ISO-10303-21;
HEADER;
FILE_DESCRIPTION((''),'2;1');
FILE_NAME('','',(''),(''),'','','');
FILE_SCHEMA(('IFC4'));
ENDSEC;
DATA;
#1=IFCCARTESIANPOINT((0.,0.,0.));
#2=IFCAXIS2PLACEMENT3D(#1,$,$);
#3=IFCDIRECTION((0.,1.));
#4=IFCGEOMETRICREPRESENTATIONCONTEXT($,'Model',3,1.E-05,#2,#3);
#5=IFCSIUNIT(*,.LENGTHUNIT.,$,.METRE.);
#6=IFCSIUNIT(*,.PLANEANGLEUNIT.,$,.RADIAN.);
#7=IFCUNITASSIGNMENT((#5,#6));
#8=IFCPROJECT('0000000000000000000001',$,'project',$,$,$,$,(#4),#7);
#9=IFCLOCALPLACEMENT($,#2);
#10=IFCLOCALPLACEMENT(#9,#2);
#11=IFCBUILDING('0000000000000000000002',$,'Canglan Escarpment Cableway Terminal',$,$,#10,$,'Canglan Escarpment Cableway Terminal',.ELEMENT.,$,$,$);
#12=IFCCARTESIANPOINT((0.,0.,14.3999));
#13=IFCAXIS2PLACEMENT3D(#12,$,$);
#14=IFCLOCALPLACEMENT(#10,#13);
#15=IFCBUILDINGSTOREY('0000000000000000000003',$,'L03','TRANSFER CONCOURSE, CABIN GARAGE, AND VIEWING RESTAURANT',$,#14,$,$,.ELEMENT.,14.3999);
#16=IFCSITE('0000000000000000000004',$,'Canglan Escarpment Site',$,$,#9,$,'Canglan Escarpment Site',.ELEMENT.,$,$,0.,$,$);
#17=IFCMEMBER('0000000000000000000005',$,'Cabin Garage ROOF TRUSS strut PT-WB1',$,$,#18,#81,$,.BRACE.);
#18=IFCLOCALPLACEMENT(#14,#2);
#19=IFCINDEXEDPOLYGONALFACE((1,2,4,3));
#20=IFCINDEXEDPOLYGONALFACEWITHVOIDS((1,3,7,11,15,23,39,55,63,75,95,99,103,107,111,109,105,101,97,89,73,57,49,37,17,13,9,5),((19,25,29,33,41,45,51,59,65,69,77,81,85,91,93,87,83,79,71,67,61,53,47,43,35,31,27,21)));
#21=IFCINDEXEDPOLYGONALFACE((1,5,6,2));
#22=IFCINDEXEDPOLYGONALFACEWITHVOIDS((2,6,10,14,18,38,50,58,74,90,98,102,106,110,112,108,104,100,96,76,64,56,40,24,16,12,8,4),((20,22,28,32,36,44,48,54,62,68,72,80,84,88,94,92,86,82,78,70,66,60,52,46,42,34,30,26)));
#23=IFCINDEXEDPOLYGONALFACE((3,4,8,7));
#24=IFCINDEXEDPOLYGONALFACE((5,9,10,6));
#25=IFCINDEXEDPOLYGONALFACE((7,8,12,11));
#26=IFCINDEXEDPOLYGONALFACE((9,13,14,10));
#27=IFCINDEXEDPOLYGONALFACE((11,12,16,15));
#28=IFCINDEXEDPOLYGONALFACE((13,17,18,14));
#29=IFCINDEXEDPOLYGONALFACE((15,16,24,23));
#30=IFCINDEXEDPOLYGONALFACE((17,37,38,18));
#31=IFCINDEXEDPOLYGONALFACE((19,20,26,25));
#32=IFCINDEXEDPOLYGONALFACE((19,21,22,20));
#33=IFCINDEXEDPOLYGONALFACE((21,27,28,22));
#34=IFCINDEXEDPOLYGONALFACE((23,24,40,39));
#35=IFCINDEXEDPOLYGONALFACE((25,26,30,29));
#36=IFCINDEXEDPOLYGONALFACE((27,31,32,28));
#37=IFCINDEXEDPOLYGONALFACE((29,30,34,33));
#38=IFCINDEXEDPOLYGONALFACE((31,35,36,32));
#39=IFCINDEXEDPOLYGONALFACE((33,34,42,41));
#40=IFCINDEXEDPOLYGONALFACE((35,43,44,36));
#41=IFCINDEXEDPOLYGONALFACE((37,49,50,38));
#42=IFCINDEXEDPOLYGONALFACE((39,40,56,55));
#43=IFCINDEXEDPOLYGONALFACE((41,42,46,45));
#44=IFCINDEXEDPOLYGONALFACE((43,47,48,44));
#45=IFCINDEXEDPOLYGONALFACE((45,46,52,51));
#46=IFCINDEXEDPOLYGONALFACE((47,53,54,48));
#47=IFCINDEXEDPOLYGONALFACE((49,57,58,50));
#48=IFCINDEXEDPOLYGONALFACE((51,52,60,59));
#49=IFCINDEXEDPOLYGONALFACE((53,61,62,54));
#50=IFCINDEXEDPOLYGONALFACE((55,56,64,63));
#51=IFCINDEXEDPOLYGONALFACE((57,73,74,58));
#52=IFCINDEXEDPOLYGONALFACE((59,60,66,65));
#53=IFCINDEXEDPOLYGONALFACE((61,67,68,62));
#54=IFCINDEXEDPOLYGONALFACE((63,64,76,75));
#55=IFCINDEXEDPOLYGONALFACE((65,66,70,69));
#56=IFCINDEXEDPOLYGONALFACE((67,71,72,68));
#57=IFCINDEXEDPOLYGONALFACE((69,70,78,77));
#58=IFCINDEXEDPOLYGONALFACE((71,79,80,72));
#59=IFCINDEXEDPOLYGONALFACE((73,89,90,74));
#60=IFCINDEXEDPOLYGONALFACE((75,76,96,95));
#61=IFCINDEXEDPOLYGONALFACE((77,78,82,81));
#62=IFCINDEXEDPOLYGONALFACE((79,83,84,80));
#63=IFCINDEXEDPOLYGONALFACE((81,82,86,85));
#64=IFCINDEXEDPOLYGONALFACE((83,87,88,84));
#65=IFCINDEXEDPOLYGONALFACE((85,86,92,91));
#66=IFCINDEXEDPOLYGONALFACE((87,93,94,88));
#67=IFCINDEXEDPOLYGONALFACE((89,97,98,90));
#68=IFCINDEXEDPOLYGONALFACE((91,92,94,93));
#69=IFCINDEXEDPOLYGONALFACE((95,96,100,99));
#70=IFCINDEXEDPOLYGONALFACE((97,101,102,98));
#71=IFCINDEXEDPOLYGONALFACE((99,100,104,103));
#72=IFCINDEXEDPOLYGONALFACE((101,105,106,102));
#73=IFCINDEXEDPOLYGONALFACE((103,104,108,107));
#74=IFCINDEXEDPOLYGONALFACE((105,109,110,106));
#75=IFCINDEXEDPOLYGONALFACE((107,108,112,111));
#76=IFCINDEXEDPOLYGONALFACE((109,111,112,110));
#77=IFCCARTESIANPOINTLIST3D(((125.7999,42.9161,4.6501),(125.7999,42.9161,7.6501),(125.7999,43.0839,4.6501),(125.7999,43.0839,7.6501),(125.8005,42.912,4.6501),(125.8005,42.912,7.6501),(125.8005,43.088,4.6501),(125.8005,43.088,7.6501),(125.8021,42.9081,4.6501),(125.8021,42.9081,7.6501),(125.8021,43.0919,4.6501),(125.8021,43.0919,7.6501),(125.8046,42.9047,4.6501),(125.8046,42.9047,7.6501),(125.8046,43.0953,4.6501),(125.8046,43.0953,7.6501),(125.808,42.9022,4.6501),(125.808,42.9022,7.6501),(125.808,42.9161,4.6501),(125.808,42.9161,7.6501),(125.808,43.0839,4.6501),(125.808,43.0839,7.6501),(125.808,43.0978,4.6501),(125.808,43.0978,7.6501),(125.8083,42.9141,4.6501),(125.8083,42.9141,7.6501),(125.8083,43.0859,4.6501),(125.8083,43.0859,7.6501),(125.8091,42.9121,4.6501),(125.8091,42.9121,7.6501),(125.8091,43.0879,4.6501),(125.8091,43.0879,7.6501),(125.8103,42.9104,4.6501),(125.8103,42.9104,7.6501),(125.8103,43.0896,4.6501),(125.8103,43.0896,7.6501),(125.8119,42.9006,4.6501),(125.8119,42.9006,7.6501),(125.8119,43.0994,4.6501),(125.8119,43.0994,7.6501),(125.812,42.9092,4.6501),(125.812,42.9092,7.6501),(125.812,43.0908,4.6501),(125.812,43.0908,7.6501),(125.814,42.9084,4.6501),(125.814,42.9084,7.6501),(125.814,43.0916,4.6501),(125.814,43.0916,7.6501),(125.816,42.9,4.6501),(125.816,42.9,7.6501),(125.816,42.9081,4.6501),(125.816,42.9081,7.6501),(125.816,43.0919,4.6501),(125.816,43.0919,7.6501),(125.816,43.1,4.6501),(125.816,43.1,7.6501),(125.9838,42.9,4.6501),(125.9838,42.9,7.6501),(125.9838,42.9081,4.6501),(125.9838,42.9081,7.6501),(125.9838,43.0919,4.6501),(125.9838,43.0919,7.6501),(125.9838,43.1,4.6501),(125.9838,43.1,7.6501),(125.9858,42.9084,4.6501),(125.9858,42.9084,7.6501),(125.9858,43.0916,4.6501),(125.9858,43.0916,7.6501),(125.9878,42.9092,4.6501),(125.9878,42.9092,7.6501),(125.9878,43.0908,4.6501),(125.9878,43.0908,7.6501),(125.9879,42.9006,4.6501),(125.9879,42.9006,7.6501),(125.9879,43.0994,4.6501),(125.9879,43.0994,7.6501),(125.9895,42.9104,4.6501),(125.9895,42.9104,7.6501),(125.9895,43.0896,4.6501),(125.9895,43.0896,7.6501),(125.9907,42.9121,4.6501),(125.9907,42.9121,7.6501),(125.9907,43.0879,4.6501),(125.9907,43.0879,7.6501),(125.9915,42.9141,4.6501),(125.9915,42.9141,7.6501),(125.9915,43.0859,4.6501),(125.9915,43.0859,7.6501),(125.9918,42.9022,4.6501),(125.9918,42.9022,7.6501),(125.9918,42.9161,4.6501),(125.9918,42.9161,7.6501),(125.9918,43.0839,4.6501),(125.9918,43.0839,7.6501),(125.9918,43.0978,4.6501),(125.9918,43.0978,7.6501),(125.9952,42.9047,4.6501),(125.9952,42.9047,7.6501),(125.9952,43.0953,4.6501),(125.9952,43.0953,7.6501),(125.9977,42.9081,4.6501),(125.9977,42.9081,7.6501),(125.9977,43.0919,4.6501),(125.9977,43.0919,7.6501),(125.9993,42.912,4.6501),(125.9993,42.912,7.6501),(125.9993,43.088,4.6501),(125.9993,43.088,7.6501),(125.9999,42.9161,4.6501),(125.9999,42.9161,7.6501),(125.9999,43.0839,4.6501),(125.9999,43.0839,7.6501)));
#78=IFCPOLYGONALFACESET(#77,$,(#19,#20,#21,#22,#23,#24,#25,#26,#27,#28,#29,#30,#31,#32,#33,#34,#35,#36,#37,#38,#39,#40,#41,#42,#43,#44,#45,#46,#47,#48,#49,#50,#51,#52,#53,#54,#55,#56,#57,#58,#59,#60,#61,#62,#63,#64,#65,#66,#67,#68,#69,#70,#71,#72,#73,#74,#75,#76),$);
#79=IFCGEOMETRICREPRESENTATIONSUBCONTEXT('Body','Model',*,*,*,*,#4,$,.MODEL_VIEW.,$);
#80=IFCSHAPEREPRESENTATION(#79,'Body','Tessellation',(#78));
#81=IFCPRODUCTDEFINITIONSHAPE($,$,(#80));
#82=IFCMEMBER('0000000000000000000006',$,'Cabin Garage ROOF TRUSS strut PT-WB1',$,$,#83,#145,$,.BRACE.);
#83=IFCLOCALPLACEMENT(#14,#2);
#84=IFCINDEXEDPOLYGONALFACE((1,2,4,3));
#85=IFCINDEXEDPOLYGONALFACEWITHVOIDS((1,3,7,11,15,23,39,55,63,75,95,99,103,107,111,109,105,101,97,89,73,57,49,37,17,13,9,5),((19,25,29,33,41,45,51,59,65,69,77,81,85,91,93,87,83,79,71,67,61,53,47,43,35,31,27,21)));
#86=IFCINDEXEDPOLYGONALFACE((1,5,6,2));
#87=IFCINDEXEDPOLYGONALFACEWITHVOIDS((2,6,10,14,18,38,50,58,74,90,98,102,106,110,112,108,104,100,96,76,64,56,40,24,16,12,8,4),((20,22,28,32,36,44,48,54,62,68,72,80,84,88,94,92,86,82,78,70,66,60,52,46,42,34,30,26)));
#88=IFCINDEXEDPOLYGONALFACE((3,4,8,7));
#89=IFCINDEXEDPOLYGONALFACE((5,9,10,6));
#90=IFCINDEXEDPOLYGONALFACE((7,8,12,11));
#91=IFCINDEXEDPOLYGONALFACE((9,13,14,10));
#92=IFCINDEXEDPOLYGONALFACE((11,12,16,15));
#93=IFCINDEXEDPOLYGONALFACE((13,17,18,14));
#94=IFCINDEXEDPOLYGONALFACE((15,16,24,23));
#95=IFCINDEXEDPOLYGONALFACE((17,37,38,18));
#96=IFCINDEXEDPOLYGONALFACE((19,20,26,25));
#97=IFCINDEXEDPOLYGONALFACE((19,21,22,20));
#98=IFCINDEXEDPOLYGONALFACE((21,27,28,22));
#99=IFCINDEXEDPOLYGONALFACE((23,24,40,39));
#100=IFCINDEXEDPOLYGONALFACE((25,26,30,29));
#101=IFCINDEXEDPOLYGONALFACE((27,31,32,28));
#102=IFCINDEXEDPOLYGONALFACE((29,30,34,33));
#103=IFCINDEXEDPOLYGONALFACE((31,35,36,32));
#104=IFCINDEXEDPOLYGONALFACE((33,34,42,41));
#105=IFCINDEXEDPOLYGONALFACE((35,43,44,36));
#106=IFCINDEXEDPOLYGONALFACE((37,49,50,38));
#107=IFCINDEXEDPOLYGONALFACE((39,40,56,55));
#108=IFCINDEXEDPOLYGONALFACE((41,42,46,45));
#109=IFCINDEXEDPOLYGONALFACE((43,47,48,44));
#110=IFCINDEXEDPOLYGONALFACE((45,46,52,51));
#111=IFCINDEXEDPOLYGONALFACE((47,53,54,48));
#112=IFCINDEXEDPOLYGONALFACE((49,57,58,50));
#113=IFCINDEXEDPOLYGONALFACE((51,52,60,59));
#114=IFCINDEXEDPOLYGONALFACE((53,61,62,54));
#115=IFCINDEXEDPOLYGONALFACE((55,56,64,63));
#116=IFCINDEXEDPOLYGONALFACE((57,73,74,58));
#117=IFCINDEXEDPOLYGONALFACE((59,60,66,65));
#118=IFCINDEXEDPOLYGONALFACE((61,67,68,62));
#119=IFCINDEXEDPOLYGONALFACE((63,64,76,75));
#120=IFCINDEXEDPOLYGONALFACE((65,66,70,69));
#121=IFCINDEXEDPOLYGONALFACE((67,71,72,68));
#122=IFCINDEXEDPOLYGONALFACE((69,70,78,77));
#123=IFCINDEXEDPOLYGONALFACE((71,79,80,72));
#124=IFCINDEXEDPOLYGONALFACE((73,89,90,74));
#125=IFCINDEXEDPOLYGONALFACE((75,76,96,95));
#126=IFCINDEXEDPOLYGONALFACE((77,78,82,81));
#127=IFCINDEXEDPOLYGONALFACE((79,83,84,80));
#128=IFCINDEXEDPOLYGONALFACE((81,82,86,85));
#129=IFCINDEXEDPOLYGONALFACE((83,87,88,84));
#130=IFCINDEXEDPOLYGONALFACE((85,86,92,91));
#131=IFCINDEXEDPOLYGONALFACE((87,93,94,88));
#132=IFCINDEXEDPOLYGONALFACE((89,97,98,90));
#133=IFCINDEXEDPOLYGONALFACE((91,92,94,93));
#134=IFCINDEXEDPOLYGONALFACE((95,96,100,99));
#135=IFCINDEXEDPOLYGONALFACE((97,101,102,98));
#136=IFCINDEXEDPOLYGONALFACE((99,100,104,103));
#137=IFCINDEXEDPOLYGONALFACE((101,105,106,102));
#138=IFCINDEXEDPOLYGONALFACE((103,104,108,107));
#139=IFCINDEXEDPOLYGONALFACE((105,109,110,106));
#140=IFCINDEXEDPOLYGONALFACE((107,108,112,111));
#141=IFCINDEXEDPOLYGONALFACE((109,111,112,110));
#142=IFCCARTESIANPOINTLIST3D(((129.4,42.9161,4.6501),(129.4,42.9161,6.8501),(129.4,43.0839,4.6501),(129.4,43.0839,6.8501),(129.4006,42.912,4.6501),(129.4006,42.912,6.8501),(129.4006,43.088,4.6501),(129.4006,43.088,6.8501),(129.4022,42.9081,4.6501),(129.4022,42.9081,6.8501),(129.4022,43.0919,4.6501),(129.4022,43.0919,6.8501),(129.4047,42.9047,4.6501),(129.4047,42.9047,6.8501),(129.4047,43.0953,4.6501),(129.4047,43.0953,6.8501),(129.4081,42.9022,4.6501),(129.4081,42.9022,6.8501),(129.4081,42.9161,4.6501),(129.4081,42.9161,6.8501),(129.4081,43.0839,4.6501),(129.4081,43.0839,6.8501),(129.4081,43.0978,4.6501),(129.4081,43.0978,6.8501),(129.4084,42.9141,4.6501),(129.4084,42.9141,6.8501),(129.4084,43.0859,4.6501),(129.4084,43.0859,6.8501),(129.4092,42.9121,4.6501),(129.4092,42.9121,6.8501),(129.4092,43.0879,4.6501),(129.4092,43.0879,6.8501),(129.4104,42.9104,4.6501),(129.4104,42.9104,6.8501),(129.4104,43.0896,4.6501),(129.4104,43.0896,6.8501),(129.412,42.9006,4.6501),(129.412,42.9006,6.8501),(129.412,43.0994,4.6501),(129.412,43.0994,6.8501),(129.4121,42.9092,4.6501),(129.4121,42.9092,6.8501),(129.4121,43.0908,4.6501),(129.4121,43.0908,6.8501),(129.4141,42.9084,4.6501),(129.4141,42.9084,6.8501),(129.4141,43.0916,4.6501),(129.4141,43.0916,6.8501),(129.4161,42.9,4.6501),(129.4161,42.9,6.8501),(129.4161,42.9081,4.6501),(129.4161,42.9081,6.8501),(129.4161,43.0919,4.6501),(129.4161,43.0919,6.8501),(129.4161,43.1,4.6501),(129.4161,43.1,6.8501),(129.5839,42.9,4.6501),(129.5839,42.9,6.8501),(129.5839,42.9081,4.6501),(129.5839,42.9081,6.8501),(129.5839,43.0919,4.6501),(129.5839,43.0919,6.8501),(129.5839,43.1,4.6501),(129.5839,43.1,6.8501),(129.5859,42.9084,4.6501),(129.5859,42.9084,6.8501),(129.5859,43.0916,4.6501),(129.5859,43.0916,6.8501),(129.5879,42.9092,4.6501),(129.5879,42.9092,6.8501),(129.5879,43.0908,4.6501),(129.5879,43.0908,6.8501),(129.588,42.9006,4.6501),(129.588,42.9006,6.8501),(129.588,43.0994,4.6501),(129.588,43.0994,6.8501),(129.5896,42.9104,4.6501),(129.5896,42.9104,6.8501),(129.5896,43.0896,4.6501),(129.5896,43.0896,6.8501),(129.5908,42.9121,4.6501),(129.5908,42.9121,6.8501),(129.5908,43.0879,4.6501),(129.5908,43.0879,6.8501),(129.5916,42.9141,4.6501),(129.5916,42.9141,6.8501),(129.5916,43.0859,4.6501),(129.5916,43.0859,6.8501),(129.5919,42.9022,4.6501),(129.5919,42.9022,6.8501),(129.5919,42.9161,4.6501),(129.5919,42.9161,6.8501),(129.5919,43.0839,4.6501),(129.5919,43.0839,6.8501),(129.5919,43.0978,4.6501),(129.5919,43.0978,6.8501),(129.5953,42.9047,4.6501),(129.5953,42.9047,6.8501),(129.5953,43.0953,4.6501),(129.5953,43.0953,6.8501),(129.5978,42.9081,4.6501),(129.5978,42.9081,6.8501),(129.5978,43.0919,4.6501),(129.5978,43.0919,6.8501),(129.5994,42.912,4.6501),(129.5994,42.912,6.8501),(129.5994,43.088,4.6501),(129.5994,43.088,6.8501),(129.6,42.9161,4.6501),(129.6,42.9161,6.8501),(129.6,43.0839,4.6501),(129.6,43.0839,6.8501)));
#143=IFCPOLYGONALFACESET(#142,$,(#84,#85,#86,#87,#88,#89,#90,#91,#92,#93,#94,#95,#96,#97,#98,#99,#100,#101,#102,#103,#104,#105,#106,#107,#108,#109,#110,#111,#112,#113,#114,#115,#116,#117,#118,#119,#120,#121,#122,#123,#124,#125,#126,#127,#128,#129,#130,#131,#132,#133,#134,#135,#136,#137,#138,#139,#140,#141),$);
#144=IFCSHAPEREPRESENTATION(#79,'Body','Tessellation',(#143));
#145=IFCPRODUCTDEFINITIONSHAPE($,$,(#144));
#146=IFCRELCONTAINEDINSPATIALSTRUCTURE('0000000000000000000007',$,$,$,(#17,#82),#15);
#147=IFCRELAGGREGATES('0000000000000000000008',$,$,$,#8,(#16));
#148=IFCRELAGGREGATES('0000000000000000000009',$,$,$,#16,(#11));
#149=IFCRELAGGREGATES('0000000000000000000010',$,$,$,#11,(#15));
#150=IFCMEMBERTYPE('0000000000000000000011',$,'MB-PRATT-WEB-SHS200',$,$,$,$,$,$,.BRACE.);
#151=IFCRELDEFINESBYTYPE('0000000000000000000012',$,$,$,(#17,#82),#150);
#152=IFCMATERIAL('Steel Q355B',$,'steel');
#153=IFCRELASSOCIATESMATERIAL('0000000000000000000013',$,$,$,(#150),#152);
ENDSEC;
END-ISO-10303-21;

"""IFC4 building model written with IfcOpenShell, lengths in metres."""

from ifc_helpers import new_model, si_unit, direction, frame, origin, origin_2d, place, context, subcontext, project, spatial, hollow_rectangle, extrude, material, material_profile, profile_set, type_object, element, save


model = new_model("IFC4")

# Units and contexts
model_context = context("Model", 3, precision=1e-05, world=origin(), true_north=direction((0.0, 1.0)))
body_context = subcontext(model_context, "Body", "Model", "MODEL_VIEW")
ifc_project = project(units=[si_unit("LENGTHUNIT", "METRE"), si_unit("PLANEANGLEUNIT", "RADIAN")], contexts=[model_context])

# Site, building, storey
site_placement = place(None, origin())
site = spatial("IfcSite", under=ifc_project, at=site_placement, Name="Canglan Escarpment Site", LongName="Canglan Escarpment Site", CompositionType="ELEMENT", RefElevation=0.0)
building_placement = place(site_placement, origin())
building = spatial("IfcBuilding", under=site, at=building_placement, Name="Canglan Escarpment Cableway Terminal", LongName="Canglan Escarpment Cableway Terminal", CompositionType="ELEMENT")
storey_placement = place(building_placement, frame((0.0, 0.0, 14.3999)))
storey = spatial("IfcBuildingStorey", under=building, at=storey_placement, Name="L03", Description="TRANSFER CONCOURSE, CABIN GARAGE, AND VIEWING RESTAURANT", CompositionType="ELEMENT", Elevation=14.3999)

# Shared definitions
ifc_material_1 = material(Name="Steel Q355B", Category="steel")

# Members
ifc_material_profile_1 = material_profile(ifc_material_1, hollow_rectangle(XDim=0.2, YDim=0.2, WallThickness=0.0081, InnerFilletRadius=0.0081, OuterFilletRadius=0.0161, at=origin_2d()), Name="SHS 200x200x8")
ifc_profile_set_1 = profile_set([ifc_material_profile_1], Name="Steel Q355B")
member_type_1 = type_object("IfcMemberType", Name="MB-PRATT-WEB-SHS200", PredefinedType="BRACE", material=ifc_profile_set_1)
member_1_placement = place(storey_placement, frame((125.8999, 43.0, 4.6501), z_axis=(0.0, 0.0, 1.0), x_axis=(1.0, 0.0, 0.0)))
element("IfcMember", 1, at=member_1_placement, inside=storey, type_object=member_type_1, Name="Cabin Garage ROOF TRUSS strut PT-WB1", PredefinedType="BRACE", context=body_context, shape_type="SweptSolid", body=[
    extrude(hollow_rectangle(XDim=0.2, YDim=0.2, WallThickness=0.0081, InnerFilletRadius=0.0081, OuterFilletRadius=0.0161, at=origin_2d()), origin(), (0.0, 0.0, 1.0), 3.0),
])
member_2_placement = place(storey_placement, frame((129.5, 43.0, 4.6501), z_axis=(0.0, 0.0, 1.0), x_axis=(1.0, 0.0, 0.0)))
element("IfcMember", 2, at=member_2_placement, inside=storey, type_object=member_type_1, Name="Cabin Garage ROOF TRUSS strut PT-WB1", PredefinedType="BRACE", context=body_context, shape_type="SweptSolid", body=[
    extrude(hollow_rectangle(XDim=0.2, YDim=0.2, WallThickness=0.0081, InnerFilletRadius=0.0081, OuterFilletRadius=0.0161, at=origin_2d()), origin(), (0.0, 0.0, 1.0), 2.2),
])

save(model, "model.ifc")
